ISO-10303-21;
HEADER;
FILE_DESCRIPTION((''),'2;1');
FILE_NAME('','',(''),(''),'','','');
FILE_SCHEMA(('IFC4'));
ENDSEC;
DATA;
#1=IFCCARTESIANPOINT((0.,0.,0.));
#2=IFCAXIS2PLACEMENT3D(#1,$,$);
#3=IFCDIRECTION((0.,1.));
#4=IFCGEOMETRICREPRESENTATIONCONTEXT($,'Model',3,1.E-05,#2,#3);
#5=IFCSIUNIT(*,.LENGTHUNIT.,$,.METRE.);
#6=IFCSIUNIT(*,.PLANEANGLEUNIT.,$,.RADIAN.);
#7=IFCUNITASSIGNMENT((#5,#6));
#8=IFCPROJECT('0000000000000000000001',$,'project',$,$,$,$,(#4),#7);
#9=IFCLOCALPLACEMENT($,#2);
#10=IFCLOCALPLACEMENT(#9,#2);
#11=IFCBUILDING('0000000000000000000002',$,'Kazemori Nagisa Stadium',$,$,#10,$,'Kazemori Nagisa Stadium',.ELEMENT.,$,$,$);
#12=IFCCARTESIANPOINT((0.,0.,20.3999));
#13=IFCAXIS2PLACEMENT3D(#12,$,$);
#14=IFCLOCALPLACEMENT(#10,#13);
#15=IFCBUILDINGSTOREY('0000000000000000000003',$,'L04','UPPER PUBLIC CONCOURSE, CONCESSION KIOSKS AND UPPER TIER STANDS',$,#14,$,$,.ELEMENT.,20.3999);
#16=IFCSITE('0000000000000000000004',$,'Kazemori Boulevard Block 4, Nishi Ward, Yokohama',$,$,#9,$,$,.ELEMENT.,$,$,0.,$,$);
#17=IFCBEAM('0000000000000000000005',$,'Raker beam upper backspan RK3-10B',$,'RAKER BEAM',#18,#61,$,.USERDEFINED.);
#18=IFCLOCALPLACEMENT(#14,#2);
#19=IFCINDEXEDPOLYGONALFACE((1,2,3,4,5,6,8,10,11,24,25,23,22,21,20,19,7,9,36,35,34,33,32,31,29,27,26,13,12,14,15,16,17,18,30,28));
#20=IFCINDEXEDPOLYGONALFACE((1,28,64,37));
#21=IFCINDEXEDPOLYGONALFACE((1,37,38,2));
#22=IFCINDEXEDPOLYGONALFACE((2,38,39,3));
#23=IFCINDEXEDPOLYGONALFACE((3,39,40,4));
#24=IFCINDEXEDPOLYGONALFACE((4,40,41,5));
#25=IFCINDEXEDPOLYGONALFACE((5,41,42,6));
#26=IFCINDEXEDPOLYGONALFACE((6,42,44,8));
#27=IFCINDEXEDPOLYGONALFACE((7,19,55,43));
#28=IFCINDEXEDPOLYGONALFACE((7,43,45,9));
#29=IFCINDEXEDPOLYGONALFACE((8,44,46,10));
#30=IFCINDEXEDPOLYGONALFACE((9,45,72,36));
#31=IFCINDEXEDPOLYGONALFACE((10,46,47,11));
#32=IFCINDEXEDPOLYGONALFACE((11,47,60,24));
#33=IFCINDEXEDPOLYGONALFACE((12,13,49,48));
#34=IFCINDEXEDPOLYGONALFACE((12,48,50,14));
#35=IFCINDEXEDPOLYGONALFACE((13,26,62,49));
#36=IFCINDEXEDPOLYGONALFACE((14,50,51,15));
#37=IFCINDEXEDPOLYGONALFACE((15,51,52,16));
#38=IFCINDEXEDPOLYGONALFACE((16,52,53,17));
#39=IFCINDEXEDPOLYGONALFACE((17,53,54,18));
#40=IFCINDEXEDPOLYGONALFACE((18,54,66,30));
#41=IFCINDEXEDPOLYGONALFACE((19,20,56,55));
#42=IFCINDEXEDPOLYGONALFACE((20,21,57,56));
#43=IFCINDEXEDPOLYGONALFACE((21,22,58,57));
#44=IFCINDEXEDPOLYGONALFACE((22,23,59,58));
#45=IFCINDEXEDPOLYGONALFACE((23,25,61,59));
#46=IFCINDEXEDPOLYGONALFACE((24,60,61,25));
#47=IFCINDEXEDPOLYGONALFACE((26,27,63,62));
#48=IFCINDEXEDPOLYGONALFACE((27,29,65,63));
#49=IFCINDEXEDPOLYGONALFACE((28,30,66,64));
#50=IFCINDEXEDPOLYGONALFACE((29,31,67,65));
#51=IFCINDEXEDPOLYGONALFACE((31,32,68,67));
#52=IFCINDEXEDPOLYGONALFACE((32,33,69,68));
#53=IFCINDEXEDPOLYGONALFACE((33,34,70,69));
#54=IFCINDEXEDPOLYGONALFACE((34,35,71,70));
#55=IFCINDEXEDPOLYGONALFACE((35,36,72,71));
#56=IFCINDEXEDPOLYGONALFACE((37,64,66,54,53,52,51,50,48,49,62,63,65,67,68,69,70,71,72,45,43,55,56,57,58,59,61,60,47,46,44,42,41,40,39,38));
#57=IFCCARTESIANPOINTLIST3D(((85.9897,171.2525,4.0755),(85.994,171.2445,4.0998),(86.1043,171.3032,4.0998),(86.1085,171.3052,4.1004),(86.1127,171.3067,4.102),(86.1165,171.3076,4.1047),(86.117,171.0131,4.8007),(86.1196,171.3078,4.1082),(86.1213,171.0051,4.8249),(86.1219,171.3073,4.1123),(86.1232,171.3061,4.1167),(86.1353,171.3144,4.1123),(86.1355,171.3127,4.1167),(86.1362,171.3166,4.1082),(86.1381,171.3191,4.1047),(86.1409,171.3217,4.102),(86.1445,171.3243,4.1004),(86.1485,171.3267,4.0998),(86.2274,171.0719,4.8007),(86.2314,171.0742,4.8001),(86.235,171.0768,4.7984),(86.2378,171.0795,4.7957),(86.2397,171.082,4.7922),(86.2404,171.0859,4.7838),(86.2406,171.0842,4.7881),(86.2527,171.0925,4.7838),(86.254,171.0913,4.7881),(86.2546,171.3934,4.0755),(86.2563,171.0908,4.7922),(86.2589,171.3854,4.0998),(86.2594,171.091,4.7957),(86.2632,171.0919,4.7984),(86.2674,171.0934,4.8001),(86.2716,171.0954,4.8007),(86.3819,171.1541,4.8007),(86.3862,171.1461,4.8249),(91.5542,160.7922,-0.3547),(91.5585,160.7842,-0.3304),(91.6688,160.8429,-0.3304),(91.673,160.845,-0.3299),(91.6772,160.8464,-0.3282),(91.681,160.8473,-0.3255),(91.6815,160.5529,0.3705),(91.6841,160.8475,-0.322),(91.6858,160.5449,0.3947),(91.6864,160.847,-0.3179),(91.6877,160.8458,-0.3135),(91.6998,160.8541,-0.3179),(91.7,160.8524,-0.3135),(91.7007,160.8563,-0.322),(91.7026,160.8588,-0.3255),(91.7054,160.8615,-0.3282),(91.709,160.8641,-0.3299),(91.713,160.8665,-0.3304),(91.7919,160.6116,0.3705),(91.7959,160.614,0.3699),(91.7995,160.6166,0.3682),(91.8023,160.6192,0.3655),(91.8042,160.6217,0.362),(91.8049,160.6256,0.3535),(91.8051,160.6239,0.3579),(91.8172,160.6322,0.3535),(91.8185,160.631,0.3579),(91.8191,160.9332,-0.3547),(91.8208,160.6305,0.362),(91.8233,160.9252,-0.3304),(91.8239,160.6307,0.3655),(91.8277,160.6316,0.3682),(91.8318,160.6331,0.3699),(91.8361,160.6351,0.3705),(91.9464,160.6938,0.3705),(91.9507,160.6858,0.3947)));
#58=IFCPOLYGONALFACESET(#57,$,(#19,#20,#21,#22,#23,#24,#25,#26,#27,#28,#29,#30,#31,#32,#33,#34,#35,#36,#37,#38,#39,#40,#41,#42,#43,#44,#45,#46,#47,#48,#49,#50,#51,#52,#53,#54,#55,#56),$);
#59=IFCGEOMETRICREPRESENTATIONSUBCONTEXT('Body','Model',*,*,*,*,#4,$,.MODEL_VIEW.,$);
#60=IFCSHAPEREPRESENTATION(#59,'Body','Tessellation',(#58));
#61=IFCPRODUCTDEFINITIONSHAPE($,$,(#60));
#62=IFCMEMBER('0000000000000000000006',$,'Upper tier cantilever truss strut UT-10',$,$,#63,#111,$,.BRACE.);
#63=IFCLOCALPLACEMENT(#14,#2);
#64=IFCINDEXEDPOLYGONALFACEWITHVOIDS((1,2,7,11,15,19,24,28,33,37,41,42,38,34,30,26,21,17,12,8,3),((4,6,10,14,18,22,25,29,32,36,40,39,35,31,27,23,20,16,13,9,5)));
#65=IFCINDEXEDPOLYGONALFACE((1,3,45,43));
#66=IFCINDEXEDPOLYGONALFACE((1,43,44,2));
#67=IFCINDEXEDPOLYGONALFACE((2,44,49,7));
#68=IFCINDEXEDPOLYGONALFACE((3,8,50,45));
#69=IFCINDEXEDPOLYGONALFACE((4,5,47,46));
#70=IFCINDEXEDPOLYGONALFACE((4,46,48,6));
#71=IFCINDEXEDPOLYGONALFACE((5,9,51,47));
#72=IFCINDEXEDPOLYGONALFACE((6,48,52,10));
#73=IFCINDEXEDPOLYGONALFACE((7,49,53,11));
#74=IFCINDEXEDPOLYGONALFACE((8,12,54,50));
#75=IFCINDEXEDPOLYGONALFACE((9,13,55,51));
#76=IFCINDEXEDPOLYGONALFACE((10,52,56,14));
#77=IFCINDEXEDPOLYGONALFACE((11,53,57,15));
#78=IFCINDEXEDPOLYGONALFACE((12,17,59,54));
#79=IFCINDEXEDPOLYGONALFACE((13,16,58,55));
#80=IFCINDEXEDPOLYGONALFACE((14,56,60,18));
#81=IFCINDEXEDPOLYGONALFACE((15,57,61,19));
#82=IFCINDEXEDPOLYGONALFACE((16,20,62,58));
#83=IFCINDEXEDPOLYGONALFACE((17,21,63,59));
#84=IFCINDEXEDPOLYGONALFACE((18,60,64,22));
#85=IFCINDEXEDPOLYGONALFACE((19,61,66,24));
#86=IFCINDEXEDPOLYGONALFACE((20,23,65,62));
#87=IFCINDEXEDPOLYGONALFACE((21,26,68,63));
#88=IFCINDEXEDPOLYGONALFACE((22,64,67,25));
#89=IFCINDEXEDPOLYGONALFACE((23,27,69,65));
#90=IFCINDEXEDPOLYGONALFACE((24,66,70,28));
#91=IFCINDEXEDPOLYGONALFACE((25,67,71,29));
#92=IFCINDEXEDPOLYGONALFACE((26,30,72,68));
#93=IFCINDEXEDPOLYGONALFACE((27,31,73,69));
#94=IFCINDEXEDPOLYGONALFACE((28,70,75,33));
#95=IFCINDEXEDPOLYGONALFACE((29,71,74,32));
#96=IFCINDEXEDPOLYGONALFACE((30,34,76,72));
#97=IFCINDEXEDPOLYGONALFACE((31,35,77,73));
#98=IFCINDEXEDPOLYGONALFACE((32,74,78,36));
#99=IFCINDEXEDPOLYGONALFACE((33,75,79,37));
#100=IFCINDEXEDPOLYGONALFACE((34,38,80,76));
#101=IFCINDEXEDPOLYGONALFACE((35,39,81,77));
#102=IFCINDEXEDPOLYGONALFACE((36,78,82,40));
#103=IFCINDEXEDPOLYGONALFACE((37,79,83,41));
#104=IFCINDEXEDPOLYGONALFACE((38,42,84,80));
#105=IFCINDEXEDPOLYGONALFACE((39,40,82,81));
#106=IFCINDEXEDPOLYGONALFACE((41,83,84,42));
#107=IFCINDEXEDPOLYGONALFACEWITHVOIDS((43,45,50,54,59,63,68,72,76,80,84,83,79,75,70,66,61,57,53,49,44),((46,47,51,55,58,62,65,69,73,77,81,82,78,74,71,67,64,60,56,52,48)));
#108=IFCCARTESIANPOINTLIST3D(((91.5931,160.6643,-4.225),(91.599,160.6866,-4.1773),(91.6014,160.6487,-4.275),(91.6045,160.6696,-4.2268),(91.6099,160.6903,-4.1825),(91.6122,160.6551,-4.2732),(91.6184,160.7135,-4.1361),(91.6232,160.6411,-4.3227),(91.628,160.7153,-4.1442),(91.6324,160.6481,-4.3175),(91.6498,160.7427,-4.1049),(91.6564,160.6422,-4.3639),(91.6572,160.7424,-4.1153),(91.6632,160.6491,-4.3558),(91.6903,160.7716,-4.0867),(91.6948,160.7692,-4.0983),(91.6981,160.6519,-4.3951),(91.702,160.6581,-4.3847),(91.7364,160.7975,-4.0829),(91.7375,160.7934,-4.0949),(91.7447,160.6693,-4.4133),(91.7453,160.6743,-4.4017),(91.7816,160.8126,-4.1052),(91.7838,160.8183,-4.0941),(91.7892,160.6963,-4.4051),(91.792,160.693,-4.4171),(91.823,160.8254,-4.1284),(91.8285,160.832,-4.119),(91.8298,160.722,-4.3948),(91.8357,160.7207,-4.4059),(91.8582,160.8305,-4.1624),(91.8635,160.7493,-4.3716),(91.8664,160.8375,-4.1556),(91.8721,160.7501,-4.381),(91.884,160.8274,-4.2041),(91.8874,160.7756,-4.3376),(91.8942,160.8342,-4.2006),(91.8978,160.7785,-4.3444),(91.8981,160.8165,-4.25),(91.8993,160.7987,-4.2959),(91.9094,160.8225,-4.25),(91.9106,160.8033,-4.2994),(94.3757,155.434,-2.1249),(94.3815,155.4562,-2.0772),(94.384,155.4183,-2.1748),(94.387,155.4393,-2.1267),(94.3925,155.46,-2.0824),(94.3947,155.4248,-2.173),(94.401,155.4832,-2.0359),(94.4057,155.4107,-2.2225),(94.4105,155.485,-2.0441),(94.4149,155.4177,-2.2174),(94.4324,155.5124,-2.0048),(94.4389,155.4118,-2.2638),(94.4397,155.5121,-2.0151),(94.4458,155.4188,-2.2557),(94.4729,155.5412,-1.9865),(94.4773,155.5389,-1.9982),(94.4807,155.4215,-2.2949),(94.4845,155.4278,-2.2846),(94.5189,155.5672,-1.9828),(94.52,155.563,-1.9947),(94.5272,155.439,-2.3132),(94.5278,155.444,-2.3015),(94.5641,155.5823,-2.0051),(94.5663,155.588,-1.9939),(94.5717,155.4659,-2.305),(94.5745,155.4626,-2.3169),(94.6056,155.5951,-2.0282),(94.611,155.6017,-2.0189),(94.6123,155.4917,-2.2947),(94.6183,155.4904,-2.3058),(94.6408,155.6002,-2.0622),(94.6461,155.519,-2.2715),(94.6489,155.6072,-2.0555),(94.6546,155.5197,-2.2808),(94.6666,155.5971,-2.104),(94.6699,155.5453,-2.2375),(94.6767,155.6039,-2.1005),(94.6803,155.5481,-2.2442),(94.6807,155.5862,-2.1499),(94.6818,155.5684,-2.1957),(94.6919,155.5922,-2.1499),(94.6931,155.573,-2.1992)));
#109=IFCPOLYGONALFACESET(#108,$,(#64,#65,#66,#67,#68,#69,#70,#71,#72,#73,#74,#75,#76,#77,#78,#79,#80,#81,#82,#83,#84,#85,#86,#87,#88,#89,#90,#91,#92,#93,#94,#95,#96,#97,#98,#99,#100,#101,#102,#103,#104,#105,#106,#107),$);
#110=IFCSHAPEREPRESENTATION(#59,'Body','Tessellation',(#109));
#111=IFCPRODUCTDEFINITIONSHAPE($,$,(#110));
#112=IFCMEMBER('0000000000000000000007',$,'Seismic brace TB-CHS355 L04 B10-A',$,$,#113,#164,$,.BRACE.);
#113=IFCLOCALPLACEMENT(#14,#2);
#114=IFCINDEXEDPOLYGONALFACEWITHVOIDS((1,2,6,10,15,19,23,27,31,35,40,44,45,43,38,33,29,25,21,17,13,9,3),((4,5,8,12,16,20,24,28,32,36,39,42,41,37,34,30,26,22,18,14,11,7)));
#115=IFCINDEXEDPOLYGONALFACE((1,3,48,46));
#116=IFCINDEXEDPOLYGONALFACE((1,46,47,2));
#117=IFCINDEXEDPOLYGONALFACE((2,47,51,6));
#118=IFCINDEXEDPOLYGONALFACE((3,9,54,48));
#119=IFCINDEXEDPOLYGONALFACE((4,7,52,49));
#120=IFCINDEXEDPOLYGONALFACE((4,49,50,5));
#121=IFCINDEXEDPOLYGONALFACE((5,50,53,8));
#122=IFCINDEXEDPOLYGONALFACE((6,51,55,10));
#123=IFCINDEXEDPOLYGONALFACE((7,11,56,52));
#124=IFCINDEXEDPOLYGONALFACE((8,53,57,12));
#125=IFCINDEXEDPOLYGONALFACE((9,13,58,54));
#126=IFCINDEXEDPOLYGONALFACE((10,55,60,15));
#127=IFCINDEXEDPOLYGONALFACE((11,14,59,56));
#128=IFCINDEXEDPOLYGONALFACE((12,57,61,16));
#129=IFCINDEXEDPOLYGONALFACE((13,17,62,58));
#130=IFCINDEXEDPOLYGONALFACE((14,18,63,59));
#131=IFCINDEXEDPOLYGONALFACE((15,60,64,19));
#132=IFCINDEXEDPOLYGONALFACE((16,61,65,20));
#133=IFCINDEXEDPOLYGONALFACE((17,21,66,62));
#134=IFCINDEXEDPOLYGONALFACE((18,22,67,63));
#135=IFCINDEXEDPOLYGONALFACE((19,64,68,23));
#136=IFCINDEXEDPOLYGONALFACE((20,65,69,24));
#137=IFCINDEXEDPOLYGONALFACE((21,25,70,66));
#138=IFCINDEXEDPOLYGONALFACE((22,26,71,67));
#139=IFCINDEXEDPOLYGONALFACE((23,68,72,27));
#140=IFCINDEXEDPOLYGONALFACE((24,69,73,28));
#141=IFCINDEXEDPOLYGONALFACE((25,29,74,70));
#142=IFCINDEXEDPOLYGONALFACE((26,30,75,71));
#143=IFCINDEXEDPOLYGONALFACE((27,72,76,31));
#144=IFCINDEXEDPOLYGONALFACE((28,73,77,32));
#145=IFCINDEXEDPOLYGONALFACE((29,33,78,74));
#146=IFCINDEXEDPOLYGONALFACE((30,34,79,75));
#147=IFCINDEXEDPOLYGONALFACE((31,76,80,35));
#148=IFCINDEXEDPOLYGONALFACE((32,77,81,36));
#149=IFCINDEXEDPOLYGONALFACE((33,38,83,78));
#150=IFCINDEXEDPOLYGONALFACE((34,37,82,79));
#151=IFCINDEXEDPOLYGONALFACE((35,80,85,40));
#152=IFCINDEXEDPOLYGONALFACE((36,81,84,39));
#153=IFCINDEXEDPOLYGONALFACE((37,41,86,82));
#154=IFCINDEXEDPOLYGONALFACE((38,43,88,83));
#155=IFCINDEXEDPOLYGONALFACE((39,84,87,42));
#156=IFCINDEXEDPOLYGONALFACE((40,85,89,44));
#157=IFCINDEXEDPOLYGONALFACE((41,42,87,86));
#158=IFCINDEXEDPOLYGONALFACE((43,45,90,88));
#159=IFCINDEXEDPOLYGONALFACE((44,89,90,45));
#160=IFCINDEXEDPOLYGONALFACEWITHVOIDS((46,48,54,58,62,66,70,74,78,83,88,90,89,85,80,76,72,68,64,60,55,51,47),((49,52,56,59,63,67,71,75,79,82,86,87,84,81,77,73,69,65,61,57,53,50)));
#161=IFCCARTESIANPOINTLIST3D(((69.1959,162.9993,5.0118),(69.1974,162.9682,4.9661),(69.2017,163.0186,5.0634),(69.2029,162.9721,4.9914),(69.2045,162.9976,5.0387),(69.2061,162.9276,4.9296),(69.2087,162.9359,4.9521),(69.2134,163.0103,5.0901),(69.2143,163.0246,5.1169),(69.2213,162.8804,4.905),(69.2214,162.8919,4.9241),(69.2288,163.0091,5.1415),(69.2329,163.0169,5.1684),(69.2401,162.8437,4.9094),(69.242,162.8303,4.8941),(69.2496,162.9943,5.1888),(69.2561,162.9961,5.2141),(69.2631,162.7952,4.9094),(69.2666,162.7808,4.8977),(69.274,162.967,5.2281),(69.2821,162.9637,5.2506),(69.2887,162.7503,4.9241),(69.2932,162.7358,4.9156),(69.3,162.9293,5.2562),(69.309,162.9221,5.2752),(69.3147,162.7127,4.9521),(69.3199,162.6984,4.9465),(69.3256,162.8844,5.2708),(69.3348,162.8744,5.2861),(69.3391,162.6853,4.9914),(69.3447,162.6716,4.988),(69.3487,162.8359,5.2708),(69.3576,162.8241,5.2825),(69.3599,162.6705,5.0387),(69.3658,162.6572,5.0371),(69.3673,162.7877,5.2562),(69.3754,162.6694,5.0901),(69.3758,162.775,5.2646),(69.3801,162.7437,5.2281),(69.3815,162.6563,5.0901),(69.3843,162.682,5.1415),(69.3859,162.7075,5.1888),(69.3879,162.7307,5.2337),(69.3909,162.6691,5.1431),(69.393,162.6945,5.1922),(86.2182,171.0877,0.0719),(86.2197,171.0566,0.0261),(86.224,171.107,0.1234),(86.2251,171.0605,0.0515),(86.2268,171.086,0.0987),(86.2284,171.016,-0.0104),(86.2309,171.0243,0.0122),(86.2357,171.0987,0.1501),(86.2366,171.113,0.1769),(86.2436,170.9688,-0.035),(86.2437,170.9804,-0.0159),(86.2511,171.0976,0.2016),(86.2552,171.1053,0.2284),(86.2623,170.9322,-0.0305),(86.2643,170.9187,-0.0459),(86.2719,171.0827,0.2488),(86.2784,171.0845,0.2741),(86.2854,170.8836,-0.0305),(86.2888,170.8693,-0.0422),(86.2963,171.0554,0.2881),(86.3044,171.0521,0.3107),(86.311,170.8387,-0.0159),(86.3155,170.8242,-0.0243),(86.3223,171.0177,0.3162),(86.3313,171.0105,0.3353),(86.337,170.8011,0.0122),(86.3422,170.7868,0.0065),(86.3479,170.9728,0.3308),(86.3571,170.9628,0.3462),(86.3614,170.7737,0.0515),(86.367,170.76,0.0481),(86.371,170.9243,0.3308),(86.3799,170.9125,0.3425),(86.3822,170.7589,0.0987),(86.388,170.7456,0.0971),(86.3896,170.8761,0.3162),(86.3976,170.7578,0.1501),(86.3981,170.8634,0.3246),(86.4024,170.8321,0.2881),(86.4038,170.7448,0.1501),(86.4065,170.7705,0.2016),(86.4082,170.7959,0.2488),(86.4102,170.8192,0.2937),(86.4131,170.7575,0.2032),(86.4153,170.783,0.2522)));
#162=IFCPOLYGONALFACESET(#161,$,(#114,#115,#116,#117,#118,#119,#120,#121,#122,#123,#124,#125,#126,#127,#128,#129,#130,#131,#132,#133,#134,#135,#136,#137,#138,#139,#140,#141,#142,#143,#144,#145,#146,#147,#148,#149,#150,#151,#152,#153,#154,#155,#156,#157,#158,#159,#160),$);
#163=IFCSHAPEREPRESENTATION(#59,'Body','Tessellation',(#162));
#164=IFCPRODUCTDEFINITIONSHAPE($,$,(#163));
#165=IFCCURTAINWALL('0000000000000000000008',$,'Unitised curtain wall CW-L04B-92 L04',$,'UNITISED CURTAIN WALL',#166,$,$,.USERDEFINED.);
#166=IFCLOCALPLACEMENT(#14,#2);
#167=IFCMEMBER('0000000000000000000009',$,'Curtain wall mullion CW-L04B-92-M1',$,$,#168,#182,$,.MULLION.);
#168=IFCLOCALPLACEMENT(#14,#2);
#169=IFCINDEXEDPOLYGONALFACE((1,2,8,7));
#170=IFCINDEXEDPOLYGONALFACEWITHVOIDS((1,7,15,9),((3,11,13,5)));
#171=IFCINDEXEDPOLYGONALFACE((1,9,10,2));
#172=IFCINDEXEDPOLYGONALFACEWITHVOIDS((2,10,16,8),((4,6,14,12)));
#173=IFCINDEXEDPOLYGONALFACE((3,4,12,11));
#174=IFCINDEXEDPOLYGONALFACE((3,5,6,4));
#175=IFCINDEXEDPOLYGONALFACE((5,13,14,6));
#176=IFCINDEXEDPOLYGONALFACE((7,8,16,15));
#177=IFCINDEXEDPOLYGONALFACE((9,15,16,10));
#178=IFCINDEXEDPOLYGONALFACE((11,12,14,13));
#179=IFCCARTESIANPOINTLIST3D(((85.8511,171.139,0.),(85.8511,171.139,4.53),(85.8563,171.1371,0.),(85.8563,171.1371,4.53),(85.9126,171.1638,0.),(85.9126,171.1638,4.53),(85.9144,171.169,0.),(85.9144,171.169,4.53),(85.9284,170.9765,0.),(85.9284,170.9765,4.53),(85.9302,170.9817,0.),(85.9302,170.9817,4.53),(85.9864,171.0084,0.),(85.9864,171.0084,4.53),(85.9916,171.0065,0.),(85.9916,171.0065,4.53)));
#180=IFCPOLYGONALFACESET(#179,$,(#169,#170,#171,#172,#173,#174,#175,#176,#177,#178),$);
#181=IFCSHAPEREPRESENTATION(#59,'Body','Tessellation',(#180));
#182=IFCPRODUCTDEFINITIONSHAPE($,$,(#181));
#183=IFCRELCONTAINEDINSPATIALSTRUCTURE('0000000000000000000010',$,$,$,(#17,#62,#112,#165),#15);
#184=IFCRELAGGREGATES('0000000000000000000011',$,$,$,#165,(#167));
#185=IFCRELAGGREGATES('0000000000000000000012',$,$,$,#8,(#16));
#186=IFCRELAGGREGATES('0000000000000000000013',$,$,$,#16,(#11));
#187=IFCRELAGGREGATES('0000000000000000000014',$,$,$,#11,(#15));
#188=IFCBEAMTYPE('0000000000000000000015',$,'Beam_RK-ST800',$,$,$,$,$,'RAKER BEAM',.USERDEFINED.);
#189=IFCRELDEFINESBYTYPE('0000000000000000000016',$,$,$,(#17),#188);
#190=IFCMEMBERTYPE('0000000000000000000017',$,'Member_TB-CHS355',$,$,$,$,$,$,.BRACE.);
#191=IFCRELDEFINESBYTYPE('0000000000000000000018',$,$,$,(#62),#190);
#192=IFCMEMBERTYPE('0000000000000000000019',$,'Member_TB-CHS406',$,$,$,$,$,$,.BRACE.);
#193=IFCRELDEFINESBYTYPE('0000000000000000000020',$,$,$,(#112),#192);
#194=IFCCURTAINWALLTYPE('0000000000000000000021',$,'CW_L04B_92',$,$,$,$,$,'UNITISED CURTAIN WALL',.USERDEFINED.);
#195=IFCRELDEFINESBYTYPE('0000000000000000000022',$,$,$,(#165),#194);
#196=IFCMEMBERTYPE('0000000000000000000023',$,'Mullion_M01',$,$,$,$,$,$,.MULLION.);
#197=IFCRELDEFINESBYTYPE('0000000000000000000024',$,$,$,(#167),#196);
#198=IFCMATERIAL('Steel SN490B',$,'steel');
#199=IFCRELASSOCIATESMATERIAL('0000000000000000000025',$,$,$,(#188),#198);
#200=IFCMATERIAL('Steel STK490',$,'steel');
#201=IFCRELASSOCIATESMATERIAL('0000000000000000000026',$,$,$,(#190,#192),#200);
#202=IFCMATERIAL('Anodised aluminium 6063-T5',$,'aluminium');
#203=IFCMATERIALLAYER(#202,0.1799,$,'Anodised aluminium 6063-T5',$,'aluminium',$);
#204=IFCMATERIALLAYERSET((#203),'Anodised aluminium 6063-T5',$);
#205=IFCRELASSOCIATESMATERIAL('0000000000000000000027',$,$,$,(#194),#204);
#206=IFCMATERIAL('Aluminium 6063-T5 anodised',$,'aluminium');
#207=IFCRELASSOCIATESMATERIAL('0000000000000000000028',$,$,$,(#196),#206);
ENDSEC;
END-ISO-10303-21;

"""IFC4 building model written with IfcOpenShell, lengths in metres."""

from ifc_helpers import new_model, si_unit, direction, frame, origin, origin_2d, place, context, subcontext, project, spatial, hollow_rectangle, hollow_circle, i_section, extrude, material, layer, layer_set, material_profile, profile_set, type_object, element, aggregate, save


model = new_model("IFC4")

# Units and contexts
model_context = context("Model", 3, precision=1e-05, world=origin(), true_north=direction((0.0, 1.0)))
body_context = subcontext(model_context, "Body", "Model", "MODEL_VIEW")
ifc_project = project(units=[si_unit("LENGTHUNIT", "METRE"), si_unit("PLANEANGLEUNIT", "RADIAN")], contexts=[model_context])

# Site, building, storey
site_placement = place(None, origin())
site = spatial("IfcSite", under=ifc_project, at=site_placement, Name="Kazemori Boulevard Block 4, Nishi Ward, Yokohama", CompositionType="ELEMENT", RefElevation=0.0)
building_placement = place(site_placement, origin())
building = spatial("IfcBuilding", under=site, at=building_placement, Name="Kazemori Nagisa Stadium", LongName="Kazemori Nagisa Stadium", CompositionType="ELEMENT")
storey_placement = place(building_placement, frame((0.0, 0.0, 20.3999)))
storey = spatial("IfcBuildingStorey", under=building, at=storey_placement, Name="L04", Description="UPPER PUBLIC CONCOURSE, CONCESSION KIOSKS AND UPPER TIER STANDS", CompositionType="ELEMENT", Elevation=20.3999)

# Beam
ifc_material_1 = material(Name="Steel SN490B", Category="steel")
ifc_material_profile_1 = material_profile(ifc_material_1, i_section(OverallWidth=0.3, OverallDepth=0.8, WebThickness=0.0139, FlangeThickness=0.0259, FilletRadius=0.0181, at=origin_2d()), Name="H-800x300x14x26")
ifc_profile_set_1 = profile_set([ifc_material_profile_1], Name="Steel SN490B")
beam_type_1 = type_object("IfcBeamType", Name="Beam_RK-ST800", ElementType="RAKER BEAM", PredefinedType="USERDEFINED", material=ifc_profile_set_1)
beam_1_placement = place(storey_placement, frame((91.7524, 160.739, 0.02), z_axis=(-0.439901, 0.826938, 0.35023), x_axis=(-0.882854, -0.469647, 0.0)))
element("IfcBeam", 1, at=beam_1_placement, inside=storey, type_object=beam_type_1, Name="Raker beam upper backspan RK3-10B", ObjectType="RAKER BEAM", PredefinedType="USERDEFINED", context=body_context, shape_type="SweptSolid", body=[
    extrude(i_section(OverallWidth=0.3, OverallDepth=0.8, WebThickness=0.0139, FlangeThickness=0.0259, FilletRadius=0.0181, at=origin_2d()), origin(), (0.0, 0.0, 1.0), 12.6494),
])

# Members
ifc_material_2 = material(Name="Steel STK490", Category="steel")
ifc_material_profile_2 = material_profile(ifc_material_2, hollow_circle(Radius=0.1777, WallThickness=0.0127, at=origin_2d()), Name="CHS-355.6x12.7")
ifc_profile_set_2 = profile_set([ifc_material_profile_2], Name="Steel STK490")
member_type_1 = type_object("IfcMemberType", Name="Member_TB-CHS355", PredefinedType="BRACE", material=ifc_profile_set_2)
member_1_placement = place(storey_placement, frame((91.7524, 160.739, -4.25), z_axis=(0.442679, -0.832106, 0.334117), x_axis=(0.882842, 0.46967, 0.0)))
element("IfcMember", 2, at=member_1_placement, inside=storey, type_object=member_type_1, Name="Upper tier cantilever truss strut UT-10", PredefinedType="BRACE", context=body_context, shape_type="SweptSolid", body=[
    extrude(hollow_circle(Radius=0.1777, WallThickness=0.0127, at=origin_2d()), origin(), (0.0, 0.0, 1.0), 6.2856),
])
ifc_material_profile_3 = material_profile(ifc_material_2, hollow_circle(Radius=0.2031, WallThickness=0.0144, at=origin_2d()), Name="CHS-406.4x14.3")
ifc_profile_set_3 = profile_set([ifc_material_profile_3], Name="Steel STK490")
member_type_2 = type_object("IfcMemberType", Name="Member_TB-CHS406", PredefinedType="BRACE", material=ifc_profile_set_3)
member_2_placement = place(storey_placement, frame((86.3167, 170.9282, 0.1501), z_axis=(-0.873703, -0.415154, 0.253554), x_axis=(0.429179, -0.903219, 0.0)))
element("IfcMember", 3, at=member_2_placement, inside=storey, type_object=member_type_2, Name="Seismic brace TB-CHS355 L04 B10-A", PredefinedType="BRACE", context=body_context, shape_type="SweptSolid", body=[
    extrude(hollow_circle(Radius=0.2031, WallThickness=0.0144, at=origin_2d()), origin(), (0.0, 0.0, 1.0), 19.4829),
])

# Curtain wall, member
ifc_material_3 = material(Name="Anodised aluminium 6063-T5", Category="aluminium")
ifc_layer_1 = layer(ifc_material_3, 0.1799, Name="Anodised aluminium 6063-T5", Category="aluminium")
ifc_layer_set_1 = layer_set([ifc_layer_1], Name="Anodised aluminium 6063-T5")
curtain_wall_type = type_object("IfcCurtainWallType", Name="CW_L04B_92", ElementType="UNITISED CURTAIN WALL", PredefinedType="USERDEFINED", material=ifc_layer_set_1)
curtain_wall_placement = place(storey_placement, origin())
curtain_wall = element("IfcCurtainWall", 4, at=curtain_wall_placement, inside=storey, type_object=curtain_wall_type, Name="Unitised curtain wall CW-L04B-92 L04", ObjectType="UNITISED CURTAIN WALL", PredefinedType="USERDEFINED")
ifc_material_4 = material(Name="Aluminium 6063-T5 anodised", Category="aluminium")
ifc_material_profile_4 = material_profile(ifc_material_4, hollow_rectangle(XDim=0.0701, YDim=0.1799, WallThickness=0.0039, at=origin_2d()), Name="ALU-MULL-70x180x4")
ifc_profile_set_4 = profile_set([ifc_material_profile_4], Name="Aluminium 6063-T5 anodised")
member_type_3 = type_object("IfcMemberType", Name="Mullion_M01", PredefinedType="MULLION", material=ifc_profile_set_4)
member_3_placement = place(storey_placement, frame((85.9214, 171.0728, 0.0), z_axis=(0.0, 0.0, 1.0), x_axis=(-0.903216, -0.429186, 0.0)))
member_3 = element("IfcMember", 5, at=member_3_placement, type_object=member_type_3, Name="Curtain wall mullion CW-L04B-92-M1", PredefinedType="MULLION", context=body_context, shape_type="SweptSolid", body=[
    extrude(hollow_rectangle(XDim=0.0701, YDim=0.1799, WallThickness=0.0039, at=origin_2d()), origin(), (0.0, 0.0, 1.0), 4.53),
])
aggregate(curtain_wall, [member_3])

save(model, "model.ifc")
